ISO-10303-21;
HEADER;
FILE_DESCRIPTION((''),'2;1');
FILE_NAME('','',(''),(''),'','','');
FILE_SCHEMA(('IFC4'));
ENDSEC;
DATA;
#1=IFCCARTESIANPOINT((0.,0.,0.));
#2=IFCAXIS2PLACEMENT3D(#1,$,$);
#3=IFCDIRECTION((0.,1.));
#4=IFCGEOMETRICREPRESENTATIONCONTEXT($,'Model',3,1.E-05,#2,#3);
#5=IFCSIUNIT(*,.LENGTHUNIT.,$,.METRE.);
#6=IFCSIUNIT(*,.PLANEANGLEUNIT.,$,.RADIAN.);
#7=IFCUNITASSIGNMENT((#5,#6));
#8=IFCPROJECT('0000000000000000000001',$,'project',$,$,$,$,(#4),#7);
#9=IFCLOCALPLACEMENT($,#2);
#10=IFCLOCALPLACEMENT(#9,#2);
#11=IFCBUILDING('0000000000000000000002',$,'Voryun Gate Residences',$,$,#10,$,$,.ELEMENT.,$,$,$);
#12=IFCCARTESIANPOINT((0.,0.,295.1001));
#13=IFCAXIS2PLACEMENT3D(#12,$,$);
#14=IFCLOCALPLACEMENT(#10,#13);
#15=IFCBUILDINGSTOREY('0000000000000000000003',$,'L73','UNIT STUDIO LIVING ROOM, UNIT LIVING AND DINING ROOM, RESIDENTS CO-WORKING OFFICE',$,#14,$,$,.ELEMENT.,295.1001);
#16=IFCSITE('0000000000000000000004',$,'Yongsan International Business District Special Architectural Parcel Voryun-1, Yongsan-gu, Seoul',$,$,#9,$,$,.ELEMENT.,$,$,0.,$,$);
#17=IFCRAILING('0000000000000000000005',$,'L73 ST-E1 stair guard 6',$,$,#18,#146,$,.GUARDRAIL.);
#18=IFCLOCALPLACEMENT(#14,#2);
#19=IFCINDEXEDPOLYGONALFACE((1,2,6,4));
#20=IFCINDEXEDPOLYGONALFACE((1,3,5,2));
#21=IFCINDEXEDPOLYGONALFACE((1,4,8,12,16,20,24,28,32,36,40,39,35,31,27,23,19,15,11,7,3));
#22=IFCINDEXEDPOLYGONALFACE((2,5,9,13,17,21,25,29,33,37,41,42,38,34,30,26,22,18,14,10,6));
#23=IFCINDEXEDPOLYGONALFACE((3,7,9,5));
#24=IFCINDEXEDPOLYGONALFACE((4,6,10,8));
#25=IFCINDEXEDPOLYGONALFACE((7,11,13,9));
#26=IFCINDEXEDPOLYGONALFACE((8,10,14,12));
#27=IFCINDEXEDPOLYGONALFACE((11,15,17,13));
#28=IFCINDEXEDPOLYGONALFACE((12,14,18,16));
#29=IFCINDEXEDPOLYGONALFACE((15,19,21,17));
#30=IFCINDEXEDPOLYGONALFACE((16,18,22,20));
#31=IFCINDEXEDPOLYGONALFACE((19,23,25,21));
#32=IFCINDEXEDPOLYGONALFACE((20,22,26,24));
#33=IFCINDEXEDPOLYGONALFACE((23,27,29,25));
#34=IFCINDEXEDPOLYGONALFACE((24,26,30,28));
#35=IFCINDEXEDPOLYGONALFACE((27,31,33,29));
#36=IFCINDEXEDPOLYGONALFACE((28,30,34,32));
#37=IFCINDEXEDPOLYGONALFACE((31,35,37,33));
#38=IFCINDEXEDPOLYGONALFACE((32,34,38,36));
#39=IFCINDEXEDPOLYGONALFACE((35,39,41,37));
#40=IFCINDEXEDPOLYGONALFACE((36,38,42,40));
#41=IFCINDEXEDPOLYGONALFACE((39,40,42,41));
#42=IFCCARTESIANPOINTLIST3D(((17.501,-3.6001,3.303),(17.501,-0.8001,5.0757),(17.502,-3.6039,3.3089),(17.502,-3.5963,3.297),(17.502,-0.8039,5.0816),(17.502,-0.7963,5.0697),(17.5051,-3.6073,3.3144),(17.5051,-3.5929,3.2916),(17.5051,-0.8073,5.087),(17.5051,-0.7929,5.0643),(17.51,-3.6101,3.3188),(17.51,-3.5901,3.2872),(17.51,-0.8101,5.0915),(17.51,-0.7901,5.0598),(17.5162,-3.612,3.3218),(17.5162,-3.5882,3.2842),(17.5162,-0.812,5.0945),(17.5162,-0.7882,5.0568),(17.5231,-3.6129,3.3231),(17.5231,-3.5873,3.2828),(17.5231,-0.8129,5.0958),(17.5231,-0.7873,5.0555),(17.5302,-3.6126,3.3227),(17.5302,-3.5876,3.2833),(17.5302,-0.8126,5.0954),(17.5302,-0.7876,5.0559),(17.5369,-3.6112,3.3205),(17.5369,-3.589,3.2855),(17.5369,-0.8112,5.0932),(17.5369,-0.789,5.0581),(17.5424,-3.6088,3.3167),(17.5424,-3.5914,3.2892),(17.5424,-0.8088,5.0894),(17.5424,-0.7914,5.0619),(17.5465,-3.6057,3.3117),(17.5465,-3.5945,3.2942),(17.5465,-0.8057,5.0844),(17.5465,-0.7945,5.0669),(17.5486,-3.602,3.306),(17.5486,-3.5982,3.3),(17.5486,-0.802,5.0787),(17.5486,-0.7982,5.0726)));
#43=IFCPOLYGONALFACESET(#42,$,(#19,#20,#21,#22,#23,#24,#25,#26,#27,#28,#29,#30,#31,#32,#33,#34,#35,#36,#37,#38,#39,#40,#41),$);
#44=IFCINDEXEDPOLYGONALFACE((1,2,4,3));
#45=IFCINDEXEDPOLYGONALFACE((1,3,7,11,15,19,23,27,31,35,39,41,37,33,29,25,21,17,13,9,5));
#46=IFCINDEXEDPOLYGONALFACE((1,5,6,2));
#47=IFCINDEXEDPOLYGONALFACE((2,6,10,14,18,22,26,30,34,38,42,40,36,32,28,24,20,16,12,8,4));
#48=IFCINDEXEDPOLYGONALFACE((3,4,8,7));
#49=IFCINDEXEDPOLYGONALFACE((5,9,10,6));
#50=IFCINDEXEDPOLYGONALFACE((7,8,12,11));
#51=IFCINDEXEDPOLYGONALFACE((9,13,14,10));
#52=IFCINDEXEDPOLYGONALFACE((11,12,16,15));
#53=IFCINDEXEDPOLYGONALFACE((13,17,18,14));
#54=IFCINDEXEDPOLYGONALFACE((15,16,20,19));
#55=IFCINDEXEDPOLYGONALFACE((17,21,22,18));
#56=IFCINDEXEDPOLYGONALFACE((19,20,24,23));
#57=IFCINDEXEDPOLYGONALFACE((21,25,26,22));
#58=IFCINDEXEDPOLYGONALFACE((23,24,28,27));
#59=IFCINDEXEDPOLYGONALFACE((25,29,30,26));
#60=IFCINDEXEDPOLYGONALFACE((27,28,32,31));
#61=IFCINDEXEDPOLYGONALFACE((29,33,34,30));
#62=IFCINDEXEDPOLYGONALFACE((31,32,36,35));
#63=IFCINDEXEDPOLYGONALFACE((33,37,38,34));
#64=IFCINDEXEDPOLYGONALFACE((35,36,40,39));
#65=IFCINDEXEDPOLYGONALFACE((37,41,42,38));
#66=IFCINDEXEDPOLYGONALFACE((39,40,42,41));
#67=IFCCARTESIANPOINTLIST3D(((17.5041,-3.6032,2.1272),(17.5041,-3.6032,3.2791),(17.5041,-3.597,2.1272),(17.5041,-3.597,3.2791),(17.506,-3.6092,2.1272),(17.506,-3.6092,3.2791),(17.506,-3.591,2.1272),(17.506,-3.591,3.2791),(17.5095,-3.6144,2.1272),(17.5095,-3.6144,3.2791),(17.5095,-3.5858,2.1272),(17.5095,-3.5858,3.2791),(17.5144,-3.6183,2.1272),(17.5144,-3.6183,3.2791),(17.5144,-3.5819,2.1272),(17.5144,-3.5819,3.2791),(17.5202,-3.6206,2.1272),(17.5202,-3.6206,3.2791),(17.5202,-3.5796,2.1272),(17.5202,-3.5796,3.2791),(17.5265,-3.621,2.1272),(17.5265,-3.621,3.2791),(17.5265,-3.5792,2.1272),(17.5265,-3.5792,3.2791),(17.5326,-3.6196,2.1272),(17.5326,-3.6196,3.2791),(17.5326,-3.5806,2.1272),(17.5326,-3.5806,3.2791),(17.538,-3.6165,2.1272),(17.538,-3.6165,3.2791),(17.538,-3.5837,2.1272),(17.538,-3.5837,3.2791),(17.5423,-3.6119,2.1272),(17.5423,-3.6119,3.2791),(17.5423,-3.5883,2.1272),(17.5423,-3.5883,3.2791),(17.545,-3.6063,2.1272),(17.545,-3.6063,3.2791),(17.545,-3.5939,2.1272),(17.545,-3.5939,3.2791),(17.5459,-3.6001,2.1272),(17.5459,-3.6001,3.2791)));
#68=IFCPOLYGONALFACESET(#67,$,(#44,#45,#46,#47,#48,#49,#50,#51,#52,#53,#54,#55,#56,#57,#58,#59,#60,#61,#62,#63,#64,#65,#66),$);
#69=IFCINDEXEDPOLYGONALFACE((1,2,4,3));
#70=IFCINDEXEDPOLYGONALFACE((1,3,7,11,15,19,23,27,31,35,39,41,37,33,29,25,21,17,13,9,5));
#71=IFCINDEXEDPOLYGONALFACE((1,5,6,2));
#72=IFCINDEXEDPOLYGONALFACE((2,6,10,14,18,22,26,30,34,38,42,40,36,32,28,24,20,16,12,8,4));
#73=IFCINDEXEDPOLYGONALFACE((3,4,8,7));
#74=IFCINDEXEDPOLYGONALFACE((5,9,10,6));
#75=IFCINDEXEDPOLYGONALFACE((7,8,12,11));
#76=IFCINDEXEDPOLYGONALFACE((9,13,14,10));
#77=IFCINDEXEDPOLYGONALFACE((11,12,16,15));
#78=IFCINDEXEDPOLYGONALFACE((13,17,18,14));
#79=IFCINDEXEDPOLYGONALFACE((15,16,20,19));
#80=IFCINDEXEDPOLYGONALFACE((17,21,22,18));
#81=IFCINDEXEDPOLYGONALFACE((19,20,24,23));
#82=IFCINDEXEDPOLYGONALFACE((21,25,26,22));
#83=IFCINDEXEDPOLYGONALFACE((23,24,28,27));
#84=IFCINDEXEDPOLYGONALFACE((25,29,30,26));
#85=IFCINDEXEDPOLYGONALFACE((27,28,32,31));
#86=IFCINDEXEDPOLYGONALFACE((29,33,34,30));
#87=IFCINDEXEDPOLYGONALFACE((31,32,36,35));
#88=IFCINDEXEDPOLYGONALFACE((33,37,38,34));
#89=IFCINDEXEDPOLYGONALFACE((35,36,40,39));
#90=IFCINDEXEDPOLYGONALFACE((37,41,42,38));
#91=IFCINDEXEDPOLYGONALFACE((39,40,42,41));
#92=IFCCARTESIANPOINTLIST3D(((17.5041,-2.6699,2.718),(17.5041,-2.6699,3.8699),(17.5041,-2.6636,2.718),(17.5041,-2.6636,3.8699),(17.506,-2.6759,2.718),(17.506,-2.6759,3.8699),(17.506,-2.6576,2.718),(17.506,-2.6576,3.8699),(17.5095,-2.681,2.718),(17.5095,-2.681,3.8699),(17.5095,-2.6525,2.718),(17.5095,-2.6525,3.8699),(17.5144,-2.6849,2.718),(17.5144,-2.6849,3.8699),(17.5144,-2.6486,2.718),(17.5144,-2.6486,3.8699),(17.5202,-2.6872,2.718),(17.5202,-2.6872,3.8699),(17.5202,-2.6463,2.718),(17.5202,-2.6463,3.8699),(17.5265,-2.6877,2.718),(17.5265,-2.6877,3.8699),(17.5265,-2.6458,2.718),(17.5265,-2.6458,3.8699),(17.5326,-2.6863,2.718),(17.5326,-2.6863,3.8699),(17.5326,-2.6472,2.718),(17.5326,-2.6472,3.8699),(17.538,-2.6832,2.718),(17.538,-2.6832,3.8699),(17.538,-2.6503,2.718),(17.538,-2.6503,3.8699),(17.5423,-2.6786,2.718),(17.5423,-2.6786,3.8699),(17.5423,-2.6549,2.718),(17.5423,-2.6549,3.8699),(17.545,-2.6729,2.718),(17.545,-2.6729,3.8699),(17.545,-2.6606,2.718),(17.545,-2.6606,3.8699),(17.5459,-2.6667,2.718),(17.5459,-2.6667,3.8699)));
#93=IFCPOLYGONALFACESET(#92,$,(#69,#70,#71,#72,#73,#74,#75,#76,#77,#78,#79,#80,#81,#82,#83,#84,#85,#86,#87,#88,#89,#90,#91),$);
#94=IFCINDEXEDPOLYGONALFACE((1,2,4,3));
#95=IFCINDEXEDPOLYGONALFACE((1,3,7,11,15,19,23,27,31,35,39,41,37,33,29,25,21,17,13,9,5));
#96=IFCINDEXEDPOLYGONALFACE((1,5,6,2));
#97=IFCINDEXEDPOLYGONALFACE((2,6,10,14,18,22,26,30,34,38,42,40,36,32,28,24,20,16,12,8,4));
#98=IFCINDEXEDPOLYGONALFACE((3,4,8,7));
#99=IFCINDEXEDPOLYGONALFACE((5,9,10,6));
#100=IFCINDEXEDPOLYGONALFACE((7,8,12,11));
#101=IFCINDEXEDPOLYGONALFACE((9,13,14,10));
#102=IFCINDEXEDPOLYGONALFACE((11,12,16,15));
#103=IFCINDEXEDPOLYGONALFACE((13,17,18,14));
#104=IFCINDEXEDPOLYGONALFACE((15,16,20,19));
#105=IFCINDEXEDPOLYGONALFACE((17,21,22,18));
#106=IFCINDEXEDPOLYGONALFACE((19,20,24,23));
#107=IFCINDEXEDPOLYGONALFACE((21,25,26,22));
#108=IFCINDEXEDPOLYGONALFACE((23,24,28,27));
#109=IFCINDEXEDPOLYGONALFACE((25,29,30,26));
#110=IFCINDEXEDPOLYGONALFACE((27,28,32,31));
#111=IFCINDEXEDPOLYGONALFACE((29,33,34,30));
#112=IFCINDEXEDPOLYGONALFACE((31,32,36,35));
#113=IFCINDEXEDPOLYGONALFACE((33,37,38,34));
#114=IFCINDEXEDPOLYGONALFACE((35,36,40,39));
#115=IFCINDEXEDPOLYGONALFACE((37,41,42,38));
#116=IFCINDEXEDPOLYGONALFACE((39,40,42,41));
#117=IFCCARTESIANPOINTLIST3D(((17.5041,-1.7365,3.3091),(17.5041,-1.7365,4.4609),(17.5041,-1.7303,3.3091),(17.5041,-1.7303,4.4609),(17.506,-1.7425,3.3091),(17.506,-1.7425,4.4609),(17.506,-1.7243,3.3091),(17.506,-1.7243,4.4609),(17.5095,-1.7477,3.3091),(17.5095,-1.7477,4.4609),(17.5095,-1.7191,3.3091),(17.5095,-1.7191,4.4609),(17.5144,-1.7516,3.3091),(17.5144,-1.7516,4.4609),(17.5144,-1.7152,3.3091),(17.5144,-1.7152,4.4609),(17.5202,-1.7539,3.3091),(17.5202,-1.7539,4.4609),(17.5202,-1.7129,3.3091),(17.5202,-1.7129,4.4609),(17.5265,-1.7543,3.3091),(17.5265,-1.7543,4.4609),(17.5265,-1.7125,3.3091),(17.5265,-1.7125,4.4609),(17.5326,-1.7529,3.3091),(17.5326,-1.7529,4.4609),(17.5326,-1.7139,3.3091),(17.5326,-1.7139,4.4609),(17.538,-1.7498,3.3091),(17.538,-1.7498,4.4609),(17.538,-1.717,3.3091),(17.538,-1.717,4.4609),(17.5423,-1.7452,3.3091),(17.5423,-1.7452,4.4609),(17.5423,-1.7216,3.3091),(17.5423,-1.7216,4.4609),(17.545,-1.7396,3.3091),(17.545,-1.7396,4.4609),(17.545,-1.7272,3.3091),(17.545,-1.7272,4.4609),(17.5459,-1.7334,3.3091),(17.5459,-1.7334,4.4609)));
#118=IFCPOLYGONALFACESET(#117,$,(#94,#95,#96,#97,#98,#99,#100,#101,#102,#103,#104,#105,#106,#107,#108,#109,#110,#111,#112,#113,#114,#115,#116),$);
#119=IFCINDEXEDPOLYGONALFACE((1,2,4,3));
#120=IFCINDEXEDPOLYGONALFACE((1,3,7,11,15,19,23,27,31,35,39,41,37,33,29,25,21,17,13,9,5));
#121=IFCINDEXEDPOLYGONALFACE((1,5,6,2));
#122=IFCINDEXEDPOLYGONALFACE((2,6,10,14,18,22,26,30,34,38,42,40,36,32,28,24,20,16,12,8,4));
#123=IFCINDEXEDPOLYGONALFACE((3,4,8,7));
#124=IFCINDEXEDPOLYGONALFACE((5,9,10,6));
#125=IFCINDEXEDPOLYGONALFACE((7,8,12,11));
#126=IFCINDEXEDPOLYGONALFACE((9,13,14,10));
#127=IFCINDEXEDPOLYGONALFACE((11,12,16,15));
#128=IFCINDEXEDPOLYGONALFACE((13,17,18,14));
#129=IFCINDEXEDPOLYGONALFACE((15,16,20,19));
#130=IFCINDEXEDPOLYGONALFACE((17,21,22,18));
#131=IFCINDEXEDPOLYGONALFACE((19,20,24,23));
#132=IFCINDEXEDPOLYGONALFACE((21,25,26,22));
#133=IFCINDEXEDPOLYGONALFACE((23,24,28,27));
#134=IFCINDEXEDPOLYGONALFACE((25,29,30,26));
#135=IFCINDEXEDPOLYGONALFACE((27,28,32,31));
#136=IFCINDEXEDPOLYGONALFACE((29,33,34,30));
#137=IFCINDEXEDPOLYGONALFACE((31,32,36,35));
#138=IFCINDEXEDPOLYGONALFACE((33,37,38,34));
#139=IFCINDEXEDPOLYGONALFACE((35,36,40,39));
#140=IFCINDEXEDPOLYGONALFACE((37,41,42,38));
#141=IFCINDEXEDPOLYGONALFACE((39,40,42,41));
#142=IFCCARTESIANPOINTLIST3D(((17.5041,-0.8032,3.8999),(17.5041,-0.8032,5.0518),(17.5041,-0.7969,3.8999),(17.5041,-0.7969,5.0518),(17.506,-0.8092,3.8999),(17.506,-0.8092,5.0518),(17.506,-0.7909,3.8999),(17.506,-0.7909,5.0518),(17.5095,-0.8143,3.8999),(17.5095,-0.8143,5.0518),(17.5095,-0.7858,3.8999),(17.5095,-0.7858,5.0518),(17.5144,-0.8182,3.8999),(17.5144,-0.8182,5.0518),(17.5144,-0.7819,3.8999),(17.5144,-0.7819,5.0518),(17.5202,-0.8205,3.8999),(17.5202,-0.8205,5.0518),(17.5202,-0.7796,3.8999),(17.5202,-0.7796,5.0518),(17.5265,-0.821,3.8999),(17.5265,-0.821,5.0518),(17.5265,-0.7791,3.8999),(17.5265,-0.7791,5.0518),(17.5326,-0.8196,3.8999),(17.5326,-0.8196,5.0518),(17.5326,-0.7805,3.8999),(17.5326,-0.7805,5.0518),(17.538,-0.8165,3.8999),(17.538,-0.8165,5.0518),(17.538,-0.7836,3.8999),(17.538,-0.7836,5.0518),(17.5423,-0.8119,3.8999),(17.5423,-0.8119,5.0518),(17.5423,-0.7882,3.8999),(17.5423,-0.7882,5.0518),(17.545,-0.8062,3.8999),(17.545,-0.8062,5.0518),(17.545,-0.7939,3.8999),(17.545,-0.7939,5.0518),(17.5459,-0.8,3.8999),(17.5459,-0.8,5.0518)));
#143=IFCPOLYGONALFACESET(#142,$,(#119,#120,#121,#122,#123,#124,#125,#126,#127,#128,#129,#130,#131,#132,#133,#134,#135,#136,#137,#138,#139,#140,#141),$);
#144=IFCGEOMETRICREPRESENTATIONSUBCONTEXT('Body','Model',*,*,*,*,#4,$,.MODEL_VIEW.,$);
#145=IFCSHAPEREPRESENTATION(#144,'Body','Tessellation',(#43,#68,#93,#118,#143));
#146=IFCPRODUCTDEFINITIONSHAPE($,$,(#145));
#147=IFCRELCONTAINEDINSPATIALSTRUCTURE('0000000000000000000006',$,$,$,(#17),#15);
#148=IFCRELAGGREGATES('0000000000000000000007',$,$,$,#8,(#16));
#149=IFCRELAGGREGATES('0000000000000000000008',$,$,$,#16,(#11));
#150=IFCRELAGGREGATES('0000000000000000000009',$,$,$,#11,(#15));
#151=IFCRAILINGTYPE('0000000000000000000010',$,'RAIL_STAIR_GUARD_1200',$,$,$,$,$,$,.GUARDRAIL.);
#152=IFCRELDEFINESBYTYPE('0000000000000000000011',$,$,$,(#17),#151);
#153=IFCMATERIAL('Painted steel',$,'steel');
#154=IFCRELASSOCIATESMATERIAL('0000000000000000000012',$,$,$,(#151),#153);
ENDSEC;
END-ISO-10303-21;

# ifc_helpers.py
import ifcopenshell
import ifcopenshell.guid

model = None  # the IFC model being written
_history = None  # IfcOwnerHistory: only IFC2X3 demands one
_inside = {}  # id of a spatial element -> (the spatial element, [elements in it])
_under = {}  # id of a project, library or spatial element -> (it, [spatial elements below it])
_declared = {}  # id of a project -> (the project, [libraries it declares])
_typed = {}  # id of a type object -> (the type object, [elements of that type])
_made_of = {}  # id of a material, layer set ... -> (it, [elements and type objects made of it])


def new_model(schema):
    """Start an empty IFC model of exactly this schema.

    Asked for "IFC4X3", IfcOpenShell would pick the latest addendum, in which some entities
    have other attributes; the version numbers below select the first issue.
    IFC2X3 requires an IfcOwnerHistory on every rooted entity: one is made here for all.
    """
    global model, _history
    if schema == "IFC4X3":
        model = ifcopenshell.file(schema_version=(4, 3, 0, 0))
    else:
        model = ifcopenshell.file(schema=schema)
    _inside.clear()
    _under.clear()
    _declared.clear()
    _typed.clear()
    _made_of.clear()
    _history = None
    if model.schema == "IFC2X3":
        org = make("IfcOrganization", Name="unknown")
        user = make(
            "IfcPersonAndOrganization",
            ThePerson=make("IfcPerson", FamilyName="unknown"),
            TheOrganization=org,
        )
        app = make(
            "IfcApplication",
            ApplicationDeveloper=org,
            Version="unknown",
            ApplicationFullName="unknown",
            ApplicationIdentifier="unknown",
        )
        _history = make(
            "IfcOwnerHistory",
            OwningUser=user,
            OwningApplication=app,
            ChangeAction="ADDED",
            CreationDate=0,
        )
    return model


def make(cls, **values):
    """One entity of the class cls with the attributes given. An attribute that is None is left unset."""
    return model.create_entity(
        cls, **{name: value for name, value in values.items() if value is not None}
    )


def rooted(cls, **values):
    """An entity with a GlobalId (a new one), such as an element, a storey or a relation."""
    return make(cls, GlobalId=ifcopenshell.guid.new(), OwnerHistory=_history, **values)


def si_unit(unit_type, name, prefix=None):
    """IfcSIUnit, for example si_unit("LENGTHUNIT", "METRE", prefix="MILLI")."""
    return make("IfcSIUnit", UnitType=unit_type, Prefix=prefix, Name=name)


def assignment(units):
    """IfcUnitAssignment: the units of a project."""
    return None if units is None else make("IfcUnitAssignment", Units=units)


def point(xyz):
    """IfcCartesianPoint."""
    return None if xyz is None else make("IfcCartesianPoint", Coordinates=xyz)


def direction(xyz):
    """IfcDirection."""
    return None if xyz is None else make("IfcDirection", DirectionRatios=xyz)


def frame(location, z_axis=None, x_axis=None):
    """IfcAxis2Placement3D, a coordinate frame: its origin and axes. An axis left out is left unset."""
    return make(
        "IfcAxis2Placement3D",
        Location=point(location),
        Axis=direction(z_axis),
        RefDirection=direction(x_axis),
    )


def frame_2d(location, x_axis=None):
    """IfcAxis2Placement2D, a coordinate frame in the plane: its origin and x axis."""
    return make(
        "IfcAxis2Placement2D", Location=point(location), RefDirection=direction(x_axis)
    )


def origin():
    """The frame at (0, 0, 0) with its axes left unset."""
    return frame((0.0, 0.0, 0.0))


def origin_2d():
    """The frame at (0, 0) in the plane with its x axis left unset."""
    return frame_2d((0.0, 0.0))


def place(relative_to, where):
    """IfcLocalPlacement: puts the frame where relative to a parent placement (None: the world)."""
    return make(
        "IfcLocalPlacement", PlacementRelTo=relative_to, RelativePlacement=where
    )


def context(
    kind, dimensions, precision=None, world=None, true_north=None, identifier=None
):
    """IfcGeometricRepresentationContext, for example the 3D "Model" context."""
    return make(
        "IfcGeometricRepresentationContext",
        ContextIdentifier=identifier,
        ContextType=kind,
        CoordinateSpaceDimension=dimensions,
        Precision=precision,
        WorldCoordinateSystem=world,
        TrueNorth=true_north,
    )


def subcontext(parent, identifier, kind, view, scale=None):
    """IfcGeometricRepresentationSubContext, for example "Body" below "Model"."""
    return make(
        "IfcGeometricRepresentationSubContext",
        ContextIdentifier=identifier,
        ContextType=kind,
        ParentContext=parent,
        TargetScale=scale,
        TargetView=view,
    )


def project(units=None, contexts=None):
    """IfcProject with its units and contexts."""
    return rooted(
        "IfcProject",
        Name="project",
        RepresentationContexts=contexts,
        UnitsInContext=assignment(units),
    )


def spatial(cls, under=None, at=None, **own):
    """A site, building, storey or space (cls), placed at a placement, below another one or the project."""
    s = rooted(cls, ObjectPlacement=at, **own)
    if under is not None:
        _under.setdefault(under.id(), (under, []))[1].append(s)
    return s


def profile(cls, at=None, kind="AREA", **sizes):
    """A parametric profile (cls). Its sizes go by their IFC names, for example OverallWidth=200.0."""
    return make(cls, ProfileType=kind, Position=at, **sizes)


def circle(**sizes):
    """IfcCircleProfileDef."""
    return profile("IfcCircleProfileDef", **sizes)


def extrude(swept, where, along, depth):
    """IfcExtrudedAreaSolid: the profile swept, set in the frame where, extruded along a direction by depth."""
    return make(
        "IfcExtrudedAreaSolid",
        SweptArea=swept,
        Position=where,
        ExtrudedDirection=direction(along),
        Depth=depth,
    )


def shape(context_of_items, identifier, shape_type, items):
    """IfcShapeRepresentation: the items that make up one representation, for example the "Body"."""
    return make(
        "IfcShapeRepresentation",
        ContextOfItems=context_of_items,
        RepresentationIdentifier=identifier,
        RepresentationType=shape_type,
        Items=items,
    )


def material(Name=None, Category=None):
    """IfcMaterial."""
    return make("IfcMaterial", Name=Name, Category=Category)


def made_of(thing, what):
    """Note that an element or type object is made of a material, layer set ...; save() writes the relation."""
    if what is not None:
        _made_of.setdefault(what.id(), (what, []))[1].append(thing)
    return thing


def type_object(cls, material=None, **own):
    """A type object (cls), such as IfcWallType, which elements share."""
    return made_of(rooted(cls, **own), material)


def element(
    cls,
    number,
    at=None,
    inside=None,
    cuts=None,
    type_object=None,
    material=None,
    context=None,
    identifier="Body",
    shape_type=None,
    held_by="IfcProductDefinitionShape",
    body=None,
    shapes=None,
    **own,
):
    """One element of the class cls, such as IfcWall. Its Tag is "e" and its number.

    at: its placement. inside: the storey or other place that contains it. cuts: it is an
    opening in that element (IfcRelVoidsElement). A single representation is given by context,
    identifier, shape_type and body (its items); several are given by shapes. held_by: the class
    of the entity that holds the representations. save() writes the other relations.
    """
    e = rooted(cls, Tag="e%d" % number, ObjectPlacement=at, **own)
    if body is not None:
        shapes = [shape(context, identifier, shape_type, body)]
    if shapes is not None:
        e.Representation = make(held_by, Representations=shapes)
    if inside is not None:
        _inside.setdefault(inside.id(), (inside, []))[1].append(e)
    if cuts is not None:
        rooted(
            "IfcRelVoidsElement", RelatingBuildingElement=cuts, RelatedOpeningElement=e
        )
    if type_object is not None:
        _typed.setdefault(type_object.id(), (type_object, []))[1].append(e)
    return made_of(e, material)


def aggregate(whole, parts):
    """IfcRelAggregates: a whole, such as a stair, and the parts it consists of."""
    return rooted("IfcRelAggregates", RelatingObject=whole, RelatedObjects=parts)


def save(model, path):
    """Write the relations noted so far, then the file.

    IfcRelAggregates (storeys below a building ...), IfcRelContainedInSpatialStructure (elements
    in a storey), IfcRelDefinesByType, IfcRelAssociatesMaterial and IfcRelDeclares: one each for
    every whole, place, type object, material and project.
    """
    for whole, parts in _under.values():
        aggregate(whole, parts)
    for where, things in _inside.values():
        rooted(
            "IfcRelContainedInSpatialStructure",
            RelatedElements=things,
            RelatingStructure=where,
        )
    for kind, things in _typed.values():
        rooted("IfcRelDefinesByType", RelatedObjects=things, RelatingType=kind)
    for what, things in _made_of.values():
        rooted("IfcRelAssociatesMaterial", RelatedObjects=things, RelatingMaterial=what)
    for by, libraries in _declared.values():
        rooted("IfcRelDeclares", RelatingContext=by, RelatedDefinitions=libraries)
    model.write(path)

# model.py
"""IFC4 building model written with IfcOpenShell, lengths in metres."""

from ifc_helpers import new_model, si_unit, direction, frame, origin, origin_2d, place, context, subcontext, project, spatial, circle, extrude, material, type_object, element, save


model = new_model("IFC4")

# Units and contexts
model_context = context("Model", 3, precision=1e-05, world=origin(), true_north=direction((0.0, 1.0)))
body_context = subcontext(model_context, "Body", "Model", "MODEL_VIEW")
ifc_project = project(units=[si_unit("LENGTHUNIT", "METRE"), si_unit("PLANEANGLEUNIT", "RADIAN")], contexts=[model_context])

# Site, building, storey
site_placement = place(None, origin())
site = spatial("IfcSite", under=ifc_project, at=site_placement, Name="Yongsan International Business District Special Architectural Parcel Voryun-1, Yongsan-gu, Seoul", CompositionType="ELEMENT", RefElevation=0.0)
building_placement = place(site_placement, origin())
building = spatial("IfcBuilding", under=site, at=building_placement, Name="Voryun Gate Residences", CompositionType="ELEMENT")
storey_placement = place(building_placement, frame((0.0, 0.0, 295.1001)))
storey = spatial("IfcBuildingStorey", under=building, at=storey_placement, Name="L73", Description="UNIT STUDIO LIVING ROOM, UNIT LIVING AND DINING ROOM, RESIDENTS CO-WORKING OFFICE", CompositionType="ELEMENT", Elevation=295.1001)

# Railing
ifc_material_1 = material(Name="Painted steel", Category="steel")
railing_type_1 = type_object("IfcRailingType", Name="RAIL_STAIR_GUARD_1200", PredefinedType="GUARDRAIL", material=ifc_material_1)
railing_1_placement = place(storey_placement, frame((17.5249, -3.6001, 2.1272)))
element("IfcRailing", 1, at=railing_1_placement, inside=storey, type_object=railing_type_1, Name="L73 ST-E1 stair guard 6", PredefinedType="GUARDRAIL", context=body_context, shape_type="SweptSolid", body=[
    extrude(circle(Radius=0.0239, at=origin_2d()), frame((0.0, 0.0, 1.1758), z_axis=(0.0, 0.844909, 0.53491), x_axis=(-1.0, 0.0, 0.0)), (0.0, 0.0, 1.0), 3.314),
    extrude(circle(Radius=0.021, at=origin_2d()), origin(), (0.0, 0.0, 1.0), 1.1519),
    extrude(circle(Radius=0.021, at=origin_2d()), frame((0.0, 0.9333, 0.5908)), (0.0, 0.0, 1.0), 1.1519),
    extrude(circle(Radius=0.021, at=origin_2d()), frame((0.0, 1.8667, 1.1819)), (0.0, 0.0, 1.0), 1.1519),
    extrude(circle(Radius=0.021, at=origin_2d()), frame((0.0, 2.8, 1.7727)), (0.0, 0.0, 1.0), 1.1519),
])

save(model, "model.ifc")
